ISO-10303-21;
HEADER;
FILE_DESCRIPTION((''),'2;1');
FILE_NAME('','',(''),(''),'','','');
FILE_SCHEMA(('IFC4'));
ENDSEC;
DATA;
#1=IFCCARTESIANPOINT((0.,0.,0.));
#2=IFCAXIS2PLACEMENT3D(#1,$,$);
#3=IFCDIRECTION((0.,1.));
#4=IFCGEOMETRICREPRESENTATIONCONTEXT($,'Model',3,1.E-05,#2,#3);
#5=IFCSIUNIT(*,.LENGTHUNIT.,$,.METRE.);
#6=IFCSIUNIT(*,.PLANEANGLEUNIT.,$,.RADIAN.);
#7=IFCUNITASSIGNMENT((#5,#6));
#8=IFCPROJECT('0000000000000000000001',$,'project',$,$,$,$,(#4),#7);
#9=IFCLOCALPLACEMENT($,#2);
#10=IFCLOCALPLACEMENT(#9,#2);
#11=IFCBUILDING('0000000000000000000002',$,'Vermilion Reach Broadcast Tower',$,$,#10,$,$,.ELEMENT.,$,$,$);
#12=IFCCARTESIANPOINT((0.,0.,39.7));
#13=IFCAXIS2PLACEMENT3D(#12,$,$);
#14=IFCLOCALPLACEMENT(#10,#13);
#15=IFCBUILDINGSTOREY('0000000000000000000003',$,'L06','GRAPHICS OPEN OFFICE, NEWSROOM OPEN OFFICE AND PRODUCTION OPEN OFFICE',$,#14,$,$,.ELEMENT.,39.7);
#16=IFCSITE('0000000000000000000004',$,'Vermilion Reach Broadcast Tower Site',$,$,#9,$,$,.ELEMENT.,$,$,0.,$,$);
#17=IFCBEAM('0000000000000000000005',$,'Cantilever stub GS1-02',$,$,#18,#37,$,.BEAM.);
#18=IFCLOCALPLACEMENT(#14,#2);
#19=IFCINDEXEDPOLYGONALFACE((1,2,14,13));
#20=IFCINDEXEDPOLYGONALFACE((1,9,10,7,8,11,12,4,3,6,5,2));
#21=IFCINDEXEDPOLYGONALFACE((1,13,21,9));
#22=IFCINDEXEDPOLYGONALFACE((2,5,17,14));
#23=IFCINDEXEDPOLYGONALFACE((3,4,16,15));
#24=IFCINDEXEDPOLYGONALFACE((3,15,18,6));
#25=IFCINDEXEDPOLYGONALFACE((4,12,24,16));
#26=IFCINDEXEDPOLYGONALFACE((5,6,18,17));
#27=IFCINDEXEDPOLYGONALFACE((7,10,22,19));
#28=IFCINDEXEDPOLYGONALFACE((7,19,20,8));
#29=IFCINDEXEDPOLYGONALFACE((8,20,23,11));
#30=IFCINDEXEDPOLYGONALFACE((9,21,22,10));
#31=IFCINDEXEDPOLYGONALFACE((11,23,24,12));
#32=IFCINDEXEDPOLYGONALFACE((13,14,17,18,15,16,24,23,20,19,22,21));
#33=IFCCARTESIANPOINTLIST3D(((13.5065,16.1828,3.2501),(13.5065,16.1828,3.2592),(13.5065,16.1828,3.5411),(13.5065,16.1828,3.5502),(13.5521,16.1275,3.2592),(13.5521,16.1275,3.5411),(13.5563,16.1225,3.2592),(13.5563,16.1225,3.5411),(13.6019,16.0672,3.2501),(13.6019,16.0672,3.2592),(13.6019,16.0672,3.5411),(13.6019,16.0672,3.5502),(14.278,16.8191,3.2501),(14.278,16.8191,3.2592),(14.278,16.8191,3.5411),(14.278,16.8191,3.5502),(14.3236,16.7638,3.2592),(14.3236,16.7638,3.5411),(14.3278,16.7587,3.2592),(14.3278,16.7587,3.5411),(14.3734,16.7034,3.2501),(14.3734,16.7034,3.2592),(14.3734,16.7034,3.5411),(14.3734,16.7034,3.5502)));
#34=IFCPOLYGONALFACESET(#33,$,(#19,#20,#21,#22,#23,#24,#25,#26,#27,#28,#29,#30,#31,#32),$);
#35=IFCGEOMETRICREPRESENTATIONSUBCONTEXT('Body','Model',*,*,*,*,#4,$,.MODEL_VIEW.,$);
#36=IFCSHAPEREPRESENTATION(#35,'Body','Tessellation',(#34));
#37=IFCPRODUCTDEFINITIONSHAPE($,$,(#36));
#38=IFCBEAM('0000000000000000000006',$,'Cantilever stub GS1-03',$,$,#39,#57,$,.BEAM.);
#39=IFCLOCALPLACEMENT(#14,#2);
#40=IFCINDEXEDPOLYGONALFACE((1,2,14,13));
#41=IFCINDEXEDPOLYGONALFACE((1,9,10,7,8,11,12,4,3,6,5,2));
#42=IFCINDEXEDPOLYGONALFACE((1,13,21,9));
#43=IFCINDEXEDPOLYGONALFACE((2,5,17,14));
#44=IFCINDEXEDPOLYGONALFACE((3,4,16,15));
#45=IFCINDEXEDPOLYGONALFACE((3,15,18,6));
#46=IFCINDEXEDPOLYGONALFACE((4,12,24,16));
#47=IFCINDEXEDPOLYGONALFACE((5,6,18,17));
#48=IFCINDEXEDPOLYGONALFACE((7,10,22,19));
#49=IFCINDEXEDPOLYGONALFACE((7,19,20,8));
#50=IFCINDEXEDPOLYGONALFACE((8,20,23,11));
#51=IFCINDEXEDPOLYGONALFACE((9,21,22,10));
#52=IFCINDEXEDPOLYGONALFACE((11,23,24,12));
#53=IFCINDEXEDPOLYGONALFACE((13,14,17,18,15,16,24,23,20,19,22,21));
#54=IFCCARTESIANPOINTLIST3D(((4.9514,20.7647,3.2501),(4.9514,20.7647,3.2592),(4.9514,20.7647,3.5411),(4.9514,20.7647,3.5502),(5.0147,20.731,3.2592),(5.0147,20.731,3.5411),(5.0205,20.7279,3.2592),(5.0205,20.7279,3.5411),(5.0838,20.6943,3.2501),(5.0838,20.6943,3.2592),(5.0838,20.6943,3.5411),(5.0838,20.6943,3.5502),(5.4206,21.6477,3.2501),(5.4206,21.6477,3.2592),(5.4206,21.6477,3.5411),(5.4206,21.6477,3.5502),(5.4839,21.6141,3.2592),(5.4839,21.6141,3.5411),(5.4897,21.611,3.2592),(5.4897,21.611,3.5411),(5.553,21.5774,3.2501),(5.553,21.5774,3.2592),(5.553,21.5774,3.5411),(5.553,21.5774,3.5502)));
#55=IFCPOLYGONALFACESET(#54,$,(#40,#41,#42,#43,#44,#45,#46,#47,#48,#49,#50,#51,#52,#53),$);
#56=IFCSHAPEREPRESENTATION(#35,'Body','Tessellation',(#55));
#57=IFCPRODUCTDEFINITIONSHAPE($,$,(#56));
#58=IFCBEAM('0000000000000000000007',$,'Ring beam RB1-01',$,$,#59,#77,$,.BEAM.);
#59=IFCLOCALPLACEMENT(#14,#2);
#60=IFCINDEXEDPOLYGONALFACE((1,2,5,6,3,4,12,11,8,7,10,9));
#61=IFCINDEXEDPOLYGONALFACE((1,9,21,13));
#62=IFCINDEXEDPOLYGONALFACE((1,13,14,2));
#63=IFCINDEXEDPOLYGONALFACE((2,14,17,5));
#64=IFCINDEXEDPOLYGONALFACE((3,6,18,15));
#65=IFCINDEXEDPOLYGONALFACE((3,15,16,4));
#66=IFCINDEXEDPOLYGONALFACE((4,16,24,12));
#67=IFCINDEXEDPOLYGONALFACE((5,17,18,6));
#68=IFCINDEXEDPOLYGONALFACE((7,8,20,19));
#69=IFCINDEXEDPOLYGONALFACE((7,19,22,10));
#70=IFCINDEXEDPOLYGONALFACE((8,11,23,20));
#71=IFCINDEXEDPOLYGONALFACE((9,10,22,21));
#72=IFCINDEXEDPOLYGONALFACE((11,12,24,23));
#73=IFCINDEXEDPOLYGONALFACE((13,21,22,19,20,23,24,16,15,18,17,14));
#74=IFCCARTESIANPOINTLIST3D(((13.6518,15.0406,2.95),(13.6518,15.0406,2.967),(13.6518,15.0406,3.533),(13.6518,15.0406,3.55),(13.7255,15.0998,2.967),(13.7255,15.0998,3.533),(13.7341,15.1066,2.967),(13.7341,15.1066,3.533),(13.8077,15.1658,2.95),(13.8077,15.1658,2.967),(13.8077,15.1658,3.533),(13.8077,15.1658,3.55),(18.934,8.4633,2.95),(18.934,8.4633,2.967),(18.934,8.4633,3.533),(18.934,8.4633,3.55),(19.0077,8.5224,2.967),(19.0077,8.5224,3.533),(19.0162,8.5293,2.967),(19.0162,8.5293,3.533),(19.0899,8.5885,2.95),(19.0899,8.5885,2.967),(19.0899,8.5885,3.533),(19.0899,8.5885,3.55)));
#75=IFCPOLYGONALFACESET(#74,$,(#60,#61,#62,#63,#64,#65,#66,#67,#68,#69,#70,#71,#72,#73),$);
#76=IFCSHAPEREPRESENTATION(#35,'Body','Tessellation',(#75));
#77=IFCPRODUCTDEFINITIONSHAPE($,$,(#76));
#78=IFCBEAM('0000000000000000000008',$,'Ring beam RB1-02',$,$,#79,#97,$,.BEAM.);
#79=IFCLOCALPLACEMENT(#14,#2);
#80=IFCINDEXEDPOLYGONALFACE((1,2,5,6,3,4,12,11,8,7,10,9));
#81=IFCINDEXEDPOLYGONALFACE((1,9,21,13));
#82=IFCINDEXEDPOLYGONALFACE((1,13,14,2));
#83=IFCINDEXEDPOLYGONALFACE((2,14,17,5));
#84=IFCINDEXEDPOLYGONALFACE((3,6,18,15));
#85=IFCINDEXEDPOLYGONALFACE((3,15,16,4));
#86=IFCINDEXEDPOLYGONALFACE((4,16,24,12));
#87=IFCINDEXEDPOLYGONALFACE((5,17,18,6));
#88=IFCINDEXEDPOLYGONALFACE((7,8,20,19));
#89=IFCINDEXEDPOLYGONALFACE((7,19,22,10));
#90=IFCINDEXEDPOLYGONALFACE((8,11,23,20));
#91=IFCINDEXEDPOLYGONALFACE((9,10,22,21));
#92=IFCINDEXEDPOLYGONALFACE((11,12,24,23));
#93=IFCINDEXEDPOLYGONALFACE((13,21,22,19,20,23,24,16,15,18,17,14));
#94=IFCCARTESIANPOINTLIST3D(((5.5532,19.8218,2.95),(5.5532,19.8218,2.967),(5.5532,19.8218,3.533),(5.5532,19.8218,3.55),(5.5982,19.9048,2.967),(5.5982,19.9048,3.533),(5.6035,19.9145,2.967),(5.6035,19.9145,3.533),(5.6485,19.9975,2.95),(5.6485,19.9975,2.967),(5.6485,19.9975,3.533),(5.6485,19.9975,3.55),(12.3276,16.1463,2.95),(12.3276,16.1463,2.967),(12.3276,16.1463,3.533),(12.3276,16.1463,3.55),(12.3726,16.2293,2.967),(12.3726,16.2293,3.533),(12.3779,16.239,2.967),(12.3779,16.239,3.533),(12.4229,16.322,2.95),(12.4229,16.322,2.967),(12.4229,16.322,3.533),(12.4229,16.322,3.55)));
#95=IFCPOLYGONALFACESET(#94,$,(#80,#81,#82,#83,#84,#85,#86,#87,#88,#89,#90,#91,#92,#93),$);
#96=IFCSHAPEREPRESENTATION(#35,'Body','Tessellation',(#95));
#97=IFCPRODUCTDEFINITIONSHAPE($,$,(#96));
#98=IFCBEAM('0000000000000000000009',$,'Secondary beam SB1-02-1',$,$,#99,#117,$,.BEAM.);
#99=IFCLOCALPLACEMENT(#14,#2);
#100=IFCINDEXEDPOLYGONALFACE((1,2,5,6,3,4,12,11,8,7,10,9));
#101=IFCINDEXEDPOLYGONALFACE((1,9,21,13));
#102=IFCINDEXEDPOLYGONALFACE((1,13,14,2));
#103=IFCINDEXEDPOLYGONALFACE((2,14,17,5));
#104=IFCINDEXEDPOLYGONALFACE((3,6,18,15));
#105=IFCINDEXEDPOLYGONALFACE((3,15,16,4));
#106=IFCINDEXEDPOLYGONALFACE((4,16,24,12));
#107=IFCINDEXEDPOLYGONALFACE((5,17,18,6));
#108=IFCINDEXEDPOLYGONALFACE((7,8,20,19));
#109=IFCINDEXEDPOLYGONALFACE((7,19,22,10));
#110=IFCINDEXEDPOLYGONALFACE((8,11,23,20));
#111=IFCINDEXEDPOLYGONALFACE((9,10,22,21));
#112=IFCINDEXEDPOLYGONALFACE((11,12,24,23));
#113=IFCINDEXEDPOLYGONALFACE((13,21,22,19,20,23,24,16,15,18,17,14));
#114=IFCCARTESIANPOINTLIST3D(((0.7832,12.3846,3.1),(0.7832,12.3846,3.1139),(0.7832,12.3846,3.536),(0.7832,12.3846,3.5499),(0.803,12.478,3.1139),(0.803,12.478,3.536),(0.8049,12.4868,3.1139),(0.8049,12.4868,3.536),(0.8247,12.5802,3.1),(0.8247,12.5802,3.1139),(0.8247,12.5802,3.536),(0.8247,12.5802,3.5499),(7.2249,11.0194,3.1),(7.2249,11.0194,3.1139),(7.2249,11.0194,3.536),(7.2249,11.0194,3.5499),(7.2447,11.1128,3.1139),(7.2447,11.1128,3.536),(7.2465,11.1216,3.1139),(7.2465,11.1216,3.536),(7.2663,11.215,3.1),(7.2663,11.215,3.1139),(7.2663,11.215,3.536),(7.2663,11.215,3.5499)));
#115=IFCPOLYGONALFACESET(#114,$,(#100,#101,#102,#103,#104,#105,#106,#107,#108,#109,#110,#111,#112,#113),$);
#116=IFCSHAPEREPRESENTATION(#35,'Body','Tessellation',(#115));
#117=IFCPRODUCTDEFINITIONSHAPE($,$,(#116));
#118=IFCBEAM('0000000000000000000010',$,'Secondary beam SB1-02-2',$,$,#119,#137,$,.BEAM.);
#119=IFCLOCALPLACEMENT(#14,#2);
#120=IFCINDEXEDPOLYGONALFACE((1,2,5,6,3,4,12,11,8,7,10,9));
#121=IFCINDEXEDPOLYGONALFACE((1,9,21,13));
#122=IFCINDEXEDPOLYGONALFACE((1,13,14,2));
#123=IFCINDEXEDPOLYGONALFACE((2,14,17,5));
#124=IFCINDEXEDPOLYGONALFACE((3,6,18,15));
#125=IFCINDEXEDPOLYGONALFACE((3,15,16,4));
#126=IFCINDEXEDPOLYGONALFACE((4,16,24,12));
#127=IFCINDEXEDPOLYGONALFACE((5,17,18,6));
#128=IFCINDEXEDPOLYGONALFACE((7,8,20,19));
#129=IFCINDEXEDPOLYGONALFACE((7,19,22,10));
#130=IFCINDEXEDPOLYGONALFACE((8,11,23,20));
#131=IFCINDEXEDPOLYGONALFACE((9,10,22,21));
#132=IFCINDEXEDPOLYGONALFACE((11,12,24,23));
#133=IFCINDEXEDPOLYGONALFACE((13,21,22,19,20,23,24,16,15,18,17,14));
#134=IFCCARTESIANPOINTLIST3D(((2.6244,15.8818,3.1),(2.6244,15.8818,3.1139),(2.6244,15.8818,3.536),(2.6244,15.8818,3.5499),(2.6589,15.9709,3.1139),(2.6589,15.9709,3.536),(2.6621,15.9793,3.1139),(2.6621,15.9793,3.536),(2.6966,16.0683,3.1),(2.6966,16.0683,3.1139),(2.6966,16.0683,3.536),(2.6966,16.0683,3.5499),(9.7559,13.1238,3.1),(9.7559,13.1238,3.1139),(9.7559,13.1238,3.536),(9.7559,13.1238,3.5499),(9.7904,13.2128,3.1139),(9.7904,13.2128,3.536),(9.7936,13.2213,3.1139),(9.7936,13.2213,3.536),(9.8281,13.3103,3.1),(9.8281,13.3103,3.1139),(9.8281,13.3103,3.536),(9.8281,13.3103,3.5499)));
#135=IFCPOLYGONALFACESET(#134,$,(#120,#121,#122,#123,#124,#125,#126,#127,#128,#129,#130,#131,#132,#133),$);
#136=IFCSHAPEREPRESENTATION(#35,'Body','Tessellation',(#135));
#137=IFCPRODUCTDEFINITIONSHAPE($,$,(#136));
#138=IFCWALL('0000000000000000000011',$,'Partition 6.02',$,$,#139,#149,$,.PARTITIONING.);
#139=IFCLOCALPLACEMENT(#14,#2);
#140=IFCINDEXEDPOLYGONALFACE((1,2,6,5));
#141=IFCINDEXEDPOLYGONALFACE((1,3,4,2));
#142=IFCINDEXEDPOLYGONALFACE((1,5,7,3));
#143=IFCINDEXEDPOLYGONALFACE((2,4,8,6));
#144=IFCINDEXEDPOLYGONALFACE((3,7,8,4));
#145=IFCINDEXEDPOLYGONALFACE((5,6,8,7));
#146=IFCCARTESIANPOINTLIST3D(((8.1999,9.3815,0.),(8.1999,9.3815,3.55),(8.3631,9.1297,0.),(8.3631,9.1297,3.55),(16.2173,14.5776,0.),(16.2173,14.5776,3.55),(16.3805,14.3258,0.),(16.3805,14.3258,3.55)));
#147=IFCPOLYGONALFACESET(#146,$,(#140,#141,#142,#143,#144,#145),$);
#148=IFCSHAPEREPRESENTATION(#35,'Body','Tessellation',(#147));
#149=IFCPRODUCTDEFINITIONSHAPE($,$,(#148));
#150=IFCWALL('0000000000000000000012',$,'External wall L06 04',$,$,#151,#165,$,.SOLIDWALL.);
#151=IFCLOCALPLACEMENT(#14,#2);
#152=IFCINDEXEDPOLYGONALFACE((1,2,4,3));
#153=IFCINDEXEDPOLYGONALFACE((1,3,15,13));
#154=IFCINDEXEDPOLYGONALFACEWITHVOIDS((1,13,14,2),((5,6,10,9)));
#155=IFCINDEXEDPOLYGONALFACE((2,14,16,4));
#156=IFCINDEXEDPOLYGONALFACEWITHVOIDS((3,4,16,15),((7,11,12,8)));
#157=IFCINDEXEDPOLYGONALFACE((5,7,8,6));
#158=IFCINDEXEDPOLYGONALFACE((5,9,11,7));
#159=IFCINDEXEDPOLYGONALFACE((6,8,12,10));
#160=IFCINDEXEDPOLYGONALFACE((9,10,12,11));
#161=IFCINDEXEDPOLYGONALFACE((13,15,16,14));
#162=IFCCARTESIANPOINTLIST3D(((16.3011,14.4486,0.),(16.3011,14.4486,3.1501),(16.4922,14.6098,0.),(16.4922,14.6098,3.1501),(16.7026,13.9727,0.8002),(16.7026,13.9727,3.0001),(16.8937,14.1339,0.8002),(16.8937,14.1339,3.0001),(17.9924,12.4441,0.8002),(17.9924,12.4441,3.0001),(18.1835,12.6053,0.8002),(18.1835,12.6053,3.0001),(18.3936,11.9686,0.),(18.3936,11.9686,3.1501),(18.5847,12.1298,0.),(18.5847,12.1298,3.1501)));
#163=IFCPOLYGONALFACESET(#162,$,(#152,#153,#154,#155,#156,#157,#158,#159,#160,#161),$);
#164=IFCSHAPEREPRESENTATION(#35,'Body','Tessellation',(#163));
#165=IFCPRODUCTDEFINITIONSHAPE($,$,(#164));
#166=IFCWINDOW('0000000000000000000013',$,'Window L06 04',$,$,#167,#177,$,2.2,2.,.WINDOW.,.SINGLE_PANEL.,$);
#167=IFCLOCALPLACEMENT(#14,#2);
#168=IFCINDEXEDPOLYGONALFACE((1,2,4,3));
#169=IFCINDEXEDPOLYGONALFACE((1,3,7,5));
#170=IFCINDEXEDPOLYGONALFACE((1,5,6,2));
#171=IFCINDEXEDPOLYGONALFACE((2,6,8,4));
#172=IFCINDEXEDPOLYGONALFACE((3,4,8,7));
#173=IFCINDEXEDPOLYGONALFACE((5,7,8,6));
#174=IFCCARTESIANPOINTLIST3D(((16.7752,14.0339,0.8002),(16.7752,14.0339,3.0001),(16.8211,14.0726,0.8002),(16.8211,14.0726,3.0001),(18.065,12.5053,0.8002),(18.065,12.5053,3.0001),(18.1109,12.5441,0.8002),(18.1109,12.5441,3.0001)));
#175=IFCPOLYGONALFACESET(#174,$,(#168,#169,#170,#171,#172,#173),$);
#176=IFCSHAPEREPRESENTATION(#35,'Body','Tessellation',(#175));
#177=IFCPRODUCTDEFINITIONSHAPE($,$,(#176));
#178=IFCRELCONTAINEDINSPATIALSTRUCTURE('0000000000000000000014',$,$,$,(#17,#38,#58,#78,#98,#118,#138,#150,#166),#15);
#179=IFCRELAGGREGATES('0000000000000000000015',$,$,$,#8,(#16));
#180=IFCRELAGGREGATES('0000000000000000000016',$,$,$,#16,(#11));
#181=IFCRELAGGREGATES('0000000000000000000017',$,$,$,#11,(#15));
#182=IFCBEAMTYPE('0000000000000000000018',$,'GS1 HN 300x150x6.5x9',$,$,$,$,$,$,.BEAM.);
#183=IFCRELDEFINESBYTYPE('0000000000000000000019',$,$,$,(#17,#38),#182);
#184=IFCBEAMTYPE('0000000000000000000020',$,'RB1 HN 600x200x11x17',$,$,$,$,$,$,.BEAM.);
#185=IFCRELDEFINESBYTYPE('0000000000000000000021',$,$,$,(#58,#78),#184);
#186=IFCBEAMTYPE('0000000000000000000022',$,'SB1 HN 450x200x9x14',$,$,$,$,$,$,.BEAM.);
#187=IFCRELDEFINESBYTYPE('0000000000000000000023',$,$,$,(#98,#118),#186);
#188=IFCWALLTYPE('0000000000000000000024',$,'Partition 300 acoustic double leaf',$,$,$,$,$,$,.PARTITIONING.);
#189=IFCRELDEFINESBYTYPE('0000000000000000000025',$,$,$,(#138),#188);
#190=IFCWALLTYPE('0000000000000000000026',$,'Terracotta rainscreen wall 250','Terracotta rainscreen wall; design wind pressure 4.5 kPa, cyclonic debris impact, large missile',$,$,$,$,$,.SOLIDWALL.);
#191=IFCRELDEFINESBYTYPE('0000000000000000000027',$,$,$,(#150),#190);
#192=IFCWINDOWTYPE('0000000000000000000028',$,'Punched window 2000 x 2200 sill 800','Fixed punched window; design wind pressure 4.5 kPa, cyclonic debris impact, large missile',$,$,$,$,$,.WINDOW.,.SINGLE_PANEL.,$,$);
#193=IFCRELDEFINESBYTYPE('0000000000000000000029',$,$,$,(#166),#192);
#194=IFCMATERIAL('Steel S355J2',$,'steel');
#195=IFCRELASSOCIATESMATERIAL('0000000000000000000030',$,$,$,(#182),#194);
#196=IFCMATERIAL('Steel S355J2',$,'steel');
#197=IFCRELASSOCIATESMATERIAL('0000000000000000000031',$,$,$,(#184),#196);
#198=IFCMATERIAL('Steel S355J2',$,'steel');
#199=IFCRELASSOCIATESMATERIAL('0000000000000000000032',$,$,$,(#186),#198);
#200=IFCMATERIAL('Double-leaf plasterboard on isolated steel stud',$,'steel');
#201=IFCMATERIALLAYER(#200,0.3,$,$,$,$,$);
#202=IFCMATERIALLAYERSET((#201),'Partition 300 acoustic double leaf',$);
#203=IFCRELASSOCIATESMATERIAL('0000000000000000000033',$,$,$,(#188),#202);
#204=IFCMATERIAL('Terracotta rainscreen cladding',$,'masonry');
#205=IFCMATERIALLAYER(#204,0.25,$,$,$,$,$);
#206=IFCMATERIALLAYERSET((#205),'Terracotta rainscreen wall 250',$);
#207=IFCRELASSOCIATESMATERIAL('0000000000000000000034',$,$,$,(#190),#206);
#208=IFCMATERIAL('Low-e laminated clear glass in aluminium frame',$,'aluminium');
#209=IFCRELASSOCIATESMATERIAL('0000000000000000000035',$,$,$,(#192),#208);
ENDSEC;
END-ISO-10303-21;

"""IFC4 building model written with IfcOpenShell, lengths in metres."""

from ifc_helpers import new_model, si_unit, direction, frame, frame_2d, origin, origin_2d, place, context, subcontext, project, spatial, rectangle, i_section, extrude, material, layer, layer_set, material_profile, profile_set, type_object, element, fill, save


model = new_model("IFC4")

# Units and contexts
model_context = context("Model", 3, precision=1e-05, world=origin(), true_north=direction((0.0, 1.0)))
body_context = subcontext(model_context, "Body", "Model", "MODEL_VIEW")
ifc_project = project(units=[si_unit("LENGTHUNIT", "METRE"), si_unit("PLANEANGLEUNIT", "RADIAN")], contexts=[model_context])

# Site, building, storey
site_placement = place(None, origin())
site = spatial("IfcSite", under=ifc_project, at=site_placement, Name="Vermilion Reach Broadcast Tower Site", CompositionType="ELEMENT", RefElevation=0.0)
building_placement = place(site_placement, origin())
building = spatial("IfcBuilding", under=site, at=building_placement, Name="Vermilion Reach Broadcast Tower", CompositionType="ELEMENT")
storey_placement = place(building_placement, frame((0.0, 0.0, 39.7)))
storey = spatial("IfcBuildingStorey", under=building, at=storey_placement, Name="L06", Description="GRAPHICS OPEN OFFICE, NEWSROOM OPEN OFFICE AND PRODUCTION OPEN OFFICE", CompositionType="ELEMENT", Elevation=39.7)

# Beams
ifc_material_1 = material(Name="Steel S355J2", Category="steel")
ifc_material_profile_1 = material_profile(ifc_material_1, i_section(OverallWidth=0.1499, OverallDepth=0.3, WebThickness=0.0066, FlangeThickness=0.009, at=origin_2d()), Name="S355J2 HN 300x150x6.5x9")
ifc_profile_set_1 = profile_set([ifc_material_profile_1], Name="Steel S355J2")
beam_type_1 = type_object("IfcBeamType", Name="GS1 HN 300x150x6.5x9", PredefinedType="BEAM", material=ifc_profile_set_1)
for number, where, z_axis, x_axis, name in (
    (1, (13.5542, 16.125, 3.4001), (0.771493, 0.636238, 0.0), (-0.636238, 0.771493, 0.0), "Cantilever stub GS1-02"),
    (2, (5.0176, 20.7295, 3.4001), (0.469244, 0.883068, 0.0), (-0.883068, 0.469244, 0.0), "Cantilever stub GS1-03"),
):
    element("IfcBeam", number, at=place(storey_placement, frame(where, z_axis=z_axis, x_axis=x_axis)), inside=storey, type_object=beam_type_1, Name=name, PredefinedType="BEAM", context=body_context, shape_type="SweptSolid", body=[
        extrude(i_section(OverallWidth=0.1499, OverallDepth=0.3, WebThickness=0.0066, FlangeThickness=0.009, at=origin_2d()), origin(), (0.0, 0.0, 1.0), 1.0),
    ])
ifc_material_2 = material(Name="Steel S355J2", Category="steel")
ifc_material_profile_2 = material_profile(ifc_material_2, i_section(OverallWidth=0.2, OverallDepth=0.6001, WebThickness=0.011, FlangeThickness=0.0171, at=origin_2d()), Name="S355J2 HN 600x200x11x17")
ifc_profile_set_2 = profile_set([ifc_material_profile_2], Name="Steel S355J2")
beam_type_2 = type_object("IfcBeamType", Name="RB1 HN 600x200x11x17", PredefinedType="BEAM", material=ifc_profile_set_2)
beam_1_placement = place(storey_placement, frame((19.012, 8.5259, 3.25), z_axis=(-0.626162, 0.779693, 0.0), x_axis=(-0.779693, -0.626162, 0.0)))
element("IfcBeam", 3, at=beam_1_placement, inside=storey, type_object=beam_type_2, Name="Ring beam RB1-01", PredefinedType="BEAM", context=body_context, shape_type="SweptSolid", body=[
    extrude(i_section(OverallWidth=0.2, OverallDepth=0.6001, WebThickness=0.011, FlangeThickness=0.0171, at=origin_2d()), origin(), (0.0, 0.0, 1.0), 8.4358),
])
beam_2_placement = place(storey_placement, frame((12.3752, 16.2341, 3.25), z_axis=(-0.878962, 0.476891, 0.0), x_axis=(-0.476891, -0.878962, 0.0)))
element("IfcBeam", 4, at=beam_2_placement, inside=storey, type_object=beam_type_2, Name="Ring beam RB1-02", PredefinedType="BEAM", context=body_context, shape_type="SweptSolid", body=[
    extrude(i_section(OverallWidth=0.2, OverallDepth=0.6001, WebThickness=0.011, FlangeThickness=0.0171, at=origin_2d()), origin(), (0.0, 0.0, 1.0), 7.7073),
])
ifc_material_3 = material(Name="Steel S355J2", Category="steel")
ifc_material_profile_3 = material_profile(ifc_material_3, i_section(OverallWidth=0.2, OverallDepth=0.45, WebThickness=0.009, FlangeThickness=0.0139, at=origin_2d()), Name="S355J2 HN 450x200x9x14")
ifc_profile_set_3 = profile_set([ifc_material_profile_3], Name="Steel S355J2")
beam_type_3 = type_object("IfcBeamType", Name="SB1 HN 450x200x9x14", PredefinedType="BEAM", material=ifc_profile_set_3)
beam_3_placement = place(storey_placement, frame((7.2456, 11.1172, 3.325), z_axis=(-0.97827, 0.207333, 0.0), x_axis=(-0.207333, -0.97827, 0.0)))
element("IfcBeam", 5, at=beam_3_placement, inside=storey, type_object=beam_type_3, Name="Secondary beam SB1-02-1", PredefinedType="BEAM", context=body_context, shape_type="SweptSolid", body=[
    extrude(i_section(OverallWidth=0.2, OverallDepth=0.45, WebThickness=0.009, FlangeThickness=0.0139, at=origin_2d()), origin(), (0.0, 0.0, 1.0), 6.5847),
])
beam_4_placement = place(storey_placement, frame((9.792, 13.217, 3.325), z_axis=(-0.932681, 0.360703, 0.0), x_axis=(-0.360703, -0.932681, 0.0)))
element("IfcBeam", 6, at=beam_4_placement, inside=storey, type_object=beam_type_3, Name="Secondary beam SB1-02-2", PredefinedType="BEAM", context=body_context, shape_type="SweptSolid", body=[
    extrude(i_section(OverallWidth=0.2, OverallDepth=0.45, WebThickness=0.009, FlangeThickness=0.0139, at=origin_2d()), origin(), (0.0, 0.0, 1.0), 7.6462),
])

# Wall
ifc_material_4 = material(Name="Double-leaf plasterboard on isolated steel stud", Category="steel")
ifc_layer_1 = layer(ifc_material_4, 0.3)
ifc_layer_set_1 = layer_set([ifc_layer_1], Name="Partition 300 acoustic double leaf")
wall_type_1 = type_object("IfcWallType", Name="Partition 300 acoustic double leaf", PredefinedType="PARTITIONING", material=ifc_layer_set_1)
wall_1_placement = place(storey_placement, frame((16.2988, 14.4517, 0.0), z_axis=(0.0, 0.0, 1.0), x_axis=(-0.839171, -0.543868, 0.0)))
element("IfcWall", 7, at=wall_1_placement, inside=storey, type_object=wall_type_1, Name="Partition 6.02", PredefinedType="PARTITIONING", context=body_context, shape_type="SweptSolid", body=[
    extrude(rectangle(XDim=9.554, YDim=0.3, at=frame_2d((4.7769, 0.0))), origin(), (0.0, 0.0, 1.0), 3.55),
])

# Shared definitions
ifc_material_5 = material(Name="Terracotta rainscreen cladding", Category="masonry")
ifc_layer_2 = layer(ifc_material_5, 0.25)
ifc_layer_set_2 = layer_set([ifc_layer_2], Name="Terracotta rainscreen wall 250")
wall_type_2 = type_object("IfcWallType", Name="Terracotta rainscreen wall 250", Description="Terracotta rainscreen wall; design wind pressure 4.5 kPa, cyclonic debris impact, large missile", PredefinedType="SOLIDWALL", material=ifc_layer_set_2)

# Wall, opening, window
wall_2_placement = place(storey_placement, frame((18.4893, 12.0491, 0.0), z_axis=(0.0, 0.0, 1.0), x_axis=(-0.644879, 0.764285, 0.0)))
wall_2 = element("IfcWall", 8, at=wall_2_placement, inside=storey, type_object=wall_type_2, Name="External wall L06 04", PredefinedType="SOLIDWALL", context=body_context, shape_type="SweptSolid", body=[
    extrude(rectangle(XDim=3.2449, YDim=0.25, at=frame_2d((1.6226, 0.0))), origin(), (0.0, 0.0, 1.0), 3.1501),
])
opening_1_placement = place(wall_2_placement, frame((0.6223, 0.0, 0.8)))
opening_1 = element("IfcOpeningElement", 9, at=opening_1_placement, cuts=wall_2, PredefinedType="OPENING", context=body_context, shape_type="SweptSolid", body=[
    extrude(rectangle(XDim=2.0, YDim=2.2, at=frame_2d((1.0, 1.1001))), frame((0.0, 0.135, 0.0), z_axis=(0.0, -1.0, 0.0), x_axis=(1.0, 0.0, 0.0)), (0.0, 0.0, 1.0), 0.27),
])
ifc_material_6 = material(Name="Low-e laminated clear glass in aluminium frame", Category="aluminium")
window_type = type_object("IfcWindowType", Name="Punched window 2000 x 2200 sill 800", Description="Fixed punched window; design wind pressure 4.5 kPa, cyclonic debris impact, large missile", PartitioningType="SINGLE_PANEL", PredefinedType="WINDOW", material=ifc_material_6)
window_1_placement = place(opening_1_placement, origin())
window_1 = element("IfcWindow", 10, at=window_1_placement, inside=storey, type_object=window_type, Name="Window L06 04", OverallHeight=2.2, OverallWidth=2.0, PartitioningType="SINGLE_PANEL", PredefinedType="WINDOW", context=body_context, shape_type="SweptSolid", body=[
    extrude(rectangle(XDim=2.0, YDim=2.2, at=frame_2d((1.0, 1.1001))), frame((0.0, 0.03, 0.0), z_axis=(0.0, -1.0, 0.0), x_axis=(1.0, 0.0, 0.0)), (0.0, 0.0, 1.0), 0.0601),
])
fill(opening_1, window_1)

save(model, "model.ifc")
